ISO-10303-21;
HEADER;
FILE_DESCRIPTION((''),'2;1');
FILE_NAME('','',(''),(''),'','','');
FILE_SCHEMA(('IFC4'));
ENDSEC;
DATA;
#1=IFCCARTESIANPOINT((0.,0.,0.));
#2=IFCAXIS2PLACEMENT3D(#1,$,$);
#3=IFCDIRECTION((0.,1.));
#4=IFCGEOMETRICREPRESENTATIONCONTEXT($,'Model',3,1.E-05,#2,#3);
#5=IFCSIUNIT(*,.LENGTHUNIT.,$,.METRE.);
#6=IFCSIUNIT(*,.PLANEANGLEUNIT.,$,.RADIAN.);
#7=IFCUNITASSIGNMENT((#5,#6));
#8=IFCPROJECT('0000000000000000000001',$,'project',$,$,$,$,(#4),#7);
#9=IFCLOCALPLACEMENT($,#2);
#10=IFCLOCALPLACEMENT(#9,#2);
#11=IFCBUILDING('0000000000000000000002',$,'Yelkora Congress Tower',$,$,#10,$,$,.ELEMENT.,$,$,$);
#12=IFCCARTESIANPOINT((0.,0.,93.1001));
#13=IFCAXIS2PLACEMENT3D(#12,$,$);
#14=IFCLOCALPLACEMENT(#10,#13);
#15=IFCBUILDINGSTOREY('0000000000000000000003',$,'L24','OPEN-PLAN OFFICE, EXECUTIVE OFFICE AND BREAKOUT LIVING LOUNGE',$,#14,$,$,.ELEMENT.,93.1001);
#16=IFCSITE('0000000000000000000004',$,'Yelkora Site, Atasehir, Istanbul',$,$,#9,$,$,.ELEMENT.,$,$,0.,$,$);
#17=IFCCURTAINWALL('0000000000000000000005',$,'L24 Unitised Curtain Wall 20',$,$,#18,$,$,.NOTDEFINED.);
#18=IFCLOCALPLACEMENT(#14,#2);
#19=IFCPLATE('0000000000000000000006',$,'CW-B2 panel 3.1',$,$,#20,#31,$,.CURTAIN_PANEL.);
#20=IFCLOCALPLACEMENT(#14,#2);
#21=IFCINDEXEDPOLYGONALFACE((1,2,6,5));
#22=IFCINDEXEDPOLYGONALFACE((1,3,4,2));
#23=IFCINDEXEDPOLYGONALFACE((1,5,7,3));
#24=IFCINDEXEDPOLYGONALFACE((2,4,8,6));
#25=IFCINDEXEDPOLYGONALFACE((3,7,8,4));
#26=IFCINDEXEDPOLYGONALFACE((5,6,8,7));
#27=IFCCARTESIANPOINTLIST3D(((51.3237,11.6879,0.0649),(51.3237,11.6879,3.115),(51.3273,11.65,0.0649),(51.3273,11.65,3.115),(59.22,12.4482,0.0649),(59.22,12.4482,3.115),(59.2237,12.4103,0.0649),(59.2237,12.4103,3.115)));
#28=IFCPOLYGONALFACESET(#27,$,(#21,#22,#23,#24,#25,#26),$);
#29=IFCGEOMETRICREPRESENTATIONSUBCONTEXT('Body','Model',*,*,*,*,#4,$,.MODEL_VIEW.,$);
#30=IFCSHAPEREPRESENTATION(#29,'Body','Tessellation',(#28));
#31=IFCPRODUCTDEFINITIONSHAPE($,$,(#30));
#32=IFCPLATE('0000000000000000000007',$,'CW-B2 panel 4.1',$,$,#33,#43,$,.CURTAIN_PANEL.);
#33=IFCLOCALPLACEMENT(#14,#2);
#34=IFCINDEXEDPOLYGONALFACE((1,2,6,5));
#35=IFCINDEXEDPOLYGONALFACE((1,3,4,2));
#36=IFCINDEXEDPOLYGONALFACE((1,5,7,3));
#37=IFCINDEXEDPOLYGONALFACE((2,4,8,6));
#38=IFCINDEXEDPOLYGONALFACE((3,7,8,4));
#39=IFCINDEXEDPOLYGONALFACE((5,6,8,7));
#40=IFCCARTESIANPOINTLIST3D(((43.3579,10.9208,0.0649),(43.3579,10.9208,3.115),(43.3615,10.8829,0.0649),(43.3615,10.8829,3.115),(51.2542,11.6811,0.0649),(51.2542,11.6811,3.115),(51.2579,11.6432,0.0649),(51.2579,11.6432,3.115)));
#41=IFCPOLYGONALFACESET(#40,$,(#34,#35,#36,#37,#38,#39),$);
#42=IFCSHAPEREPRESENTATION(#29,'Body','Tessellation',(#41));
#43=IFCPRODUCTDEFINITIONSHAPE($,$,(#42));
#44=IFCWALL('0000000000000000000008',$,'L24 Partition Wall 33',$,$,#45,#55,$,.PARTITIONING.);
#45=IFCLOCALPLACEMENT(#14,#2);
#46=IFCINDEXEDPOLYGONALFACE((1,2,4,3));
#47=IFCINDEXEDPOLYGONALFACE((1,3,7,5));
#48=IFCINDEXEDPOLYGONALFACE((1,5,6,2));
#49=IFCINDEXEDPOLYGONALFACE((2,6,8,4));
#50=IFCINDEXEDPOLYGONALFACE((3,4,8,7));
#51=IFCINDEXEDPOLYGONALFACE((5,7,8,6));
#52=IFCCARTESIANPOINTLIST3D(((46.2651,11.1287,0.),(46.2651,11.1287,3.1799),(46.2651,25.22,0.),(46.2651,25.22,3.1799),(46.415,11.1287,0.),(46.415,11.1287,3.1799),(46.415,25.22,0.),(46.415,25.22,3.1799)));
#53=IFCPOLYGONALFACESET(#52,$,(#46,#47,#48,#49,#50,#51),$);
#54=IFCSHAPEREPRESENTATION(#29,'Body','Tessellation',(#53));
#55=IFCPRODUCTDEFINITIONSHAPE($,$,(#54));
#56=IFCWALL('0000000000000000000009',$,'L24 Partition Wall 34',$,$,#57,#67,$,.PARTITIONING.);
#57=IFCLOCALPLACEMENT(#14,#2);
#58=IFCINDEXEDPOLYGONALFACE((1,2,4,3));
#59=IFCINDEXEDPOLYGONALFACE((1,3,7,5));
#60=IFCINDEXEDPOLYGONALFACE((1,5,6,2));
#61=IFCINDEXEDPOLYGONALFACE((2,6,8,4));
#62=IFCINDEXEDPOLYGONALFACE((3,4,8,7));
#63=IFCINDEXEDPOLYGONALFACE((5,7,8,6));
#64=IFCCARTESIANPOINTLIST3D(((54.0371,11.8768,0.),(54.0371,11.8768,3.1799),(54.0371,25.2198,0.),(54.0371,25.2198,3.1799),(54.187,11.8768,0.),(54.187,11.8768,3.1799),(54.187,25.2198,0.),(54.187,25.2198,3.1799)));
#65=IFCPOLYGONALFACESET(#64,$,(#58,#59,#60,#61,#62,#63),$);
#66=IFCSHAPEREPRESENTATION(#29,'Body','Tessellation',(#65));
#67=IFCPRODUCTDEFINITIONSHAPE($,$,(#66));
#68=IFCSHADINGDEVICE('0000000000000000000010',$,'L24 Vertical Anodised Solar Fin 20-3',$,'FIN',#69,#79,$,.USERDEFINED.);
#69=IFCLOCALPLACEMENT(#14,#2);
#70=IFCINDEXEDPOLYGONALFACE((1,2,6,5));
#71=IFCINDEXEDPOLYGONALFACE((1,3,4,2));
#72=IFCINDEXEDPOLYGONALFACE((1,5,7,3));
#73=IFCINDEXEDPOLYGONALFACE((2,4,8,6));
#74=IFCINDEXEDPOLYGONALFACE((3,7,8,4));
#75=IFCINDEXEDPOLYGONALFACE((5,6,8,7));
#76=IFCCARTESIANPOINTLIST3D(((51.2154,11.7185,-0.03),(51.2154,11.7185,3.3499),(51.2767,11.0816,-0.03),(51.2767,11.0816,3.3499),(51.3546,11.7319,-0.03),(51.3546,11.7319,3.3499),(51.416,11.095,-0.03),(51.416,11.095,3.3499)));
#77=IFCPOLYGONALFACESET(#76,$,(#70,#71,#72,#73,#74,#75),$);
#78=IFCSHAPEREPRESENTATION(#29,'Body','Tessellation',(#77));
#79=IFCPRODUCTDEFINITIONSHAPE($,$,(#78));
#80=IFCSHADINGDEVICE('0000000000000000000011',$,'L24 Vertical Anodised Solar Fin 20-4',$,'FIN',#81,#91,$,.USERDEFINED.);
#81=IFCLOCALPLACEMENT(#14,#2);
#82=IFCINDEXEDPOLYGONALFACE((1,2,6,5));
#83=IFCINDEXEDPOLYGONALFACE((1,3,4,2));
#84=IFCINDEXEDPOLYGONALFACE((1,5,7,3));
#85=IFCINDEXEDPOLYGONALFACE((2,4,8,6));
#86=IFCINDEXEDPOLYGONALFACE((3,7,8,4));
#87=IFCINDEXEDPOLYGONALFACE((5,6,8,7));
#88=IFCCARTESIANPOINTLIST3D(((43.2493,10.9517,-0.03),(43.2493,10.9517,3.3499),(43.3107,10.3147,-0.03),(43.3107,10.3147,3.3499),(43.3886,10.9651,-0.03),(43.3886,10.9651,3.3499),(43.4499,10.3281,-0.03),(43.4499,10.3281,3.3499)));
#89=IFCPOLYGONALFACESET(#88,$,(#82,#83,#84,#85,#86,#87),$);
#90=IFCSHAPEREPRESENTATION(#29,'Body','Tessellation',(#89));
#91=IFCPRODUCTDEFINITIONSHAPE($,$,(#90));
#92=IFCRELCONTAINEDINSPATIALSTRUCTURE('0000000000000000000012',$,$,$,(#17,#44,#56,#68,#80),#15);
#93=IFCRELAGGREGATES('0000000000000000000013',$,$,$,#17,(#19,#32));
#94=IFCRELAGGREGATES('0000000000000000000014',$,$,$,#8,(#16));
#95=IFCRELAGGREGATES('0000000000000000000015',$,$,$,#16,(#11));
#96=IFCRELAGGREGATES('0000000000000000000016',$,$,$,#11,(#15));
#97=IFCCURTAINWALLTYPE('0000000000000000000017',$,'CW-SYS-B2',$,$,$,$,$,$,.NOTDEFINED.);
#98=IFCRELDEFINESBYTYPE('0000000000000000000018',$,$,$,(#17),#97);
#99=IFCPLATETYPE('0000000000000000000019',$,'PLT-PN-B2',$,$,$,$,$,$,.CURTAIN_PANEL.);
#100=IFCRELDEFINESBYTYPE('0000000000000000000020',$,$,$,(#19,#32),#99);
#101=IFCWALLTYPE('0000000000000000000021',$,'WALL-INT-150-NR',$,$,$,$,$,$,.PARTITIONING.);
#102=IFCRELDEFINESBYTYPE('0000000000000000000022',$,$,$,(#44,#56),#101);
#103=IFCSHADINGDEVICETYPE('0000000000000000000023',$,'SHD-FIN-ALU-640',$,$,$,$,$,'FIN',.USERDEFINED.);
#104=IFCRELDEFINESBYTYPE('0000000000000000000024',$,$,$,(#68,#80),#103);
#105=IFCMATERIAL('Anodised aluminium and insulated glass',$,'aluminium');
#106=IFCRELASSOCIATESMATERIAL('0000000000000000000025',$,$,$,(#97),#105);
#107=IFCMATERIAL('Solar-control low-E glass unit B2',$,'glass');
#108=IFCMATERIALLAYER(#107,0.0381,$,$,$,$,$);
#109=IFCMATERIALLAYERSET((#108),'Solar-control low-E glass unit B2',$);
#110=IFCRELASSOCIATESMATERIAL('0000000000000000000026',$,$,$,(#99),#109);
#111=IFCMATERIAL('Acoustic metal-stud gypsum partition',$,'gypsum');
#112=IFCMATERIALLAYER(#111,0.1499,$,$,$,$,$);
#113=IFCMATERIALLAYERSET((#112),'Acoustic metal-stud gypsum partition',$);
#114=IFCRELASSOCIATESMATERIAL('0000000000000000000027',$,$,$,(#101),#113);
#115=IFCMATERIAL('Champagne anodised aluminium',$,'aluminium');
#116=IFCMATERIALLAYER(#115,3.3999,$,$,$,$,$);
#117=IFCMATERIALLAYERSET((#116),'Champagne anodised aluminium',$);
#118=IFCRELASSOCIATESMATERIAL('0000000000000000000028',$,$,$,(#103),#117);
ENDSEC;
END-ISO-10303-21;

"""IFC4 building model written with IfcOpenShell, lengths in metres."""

from ifc_helpers import new_model, si_unit, direction, frame, frame_2d, origin, origin_2d, place, context, subcontext, project, spatial, rectangle, extrude, material, layer, layer_set, type_object, element, aggregate, save


model = new_model("IFC4")

# Units and contexts
model_context = context("Model", 3, precision=1e-05, world=origin(), true_north=direction((0.0, 1.0)))
body_context = subcontext(model_context, "Body", "Model", "MODEL_VIEW")
ifc_project = project(units=[si_unit("LENGTHUNIT", "METRE"), si_unit("PLANEANGLEUNIT", "RADIAN")], contexts=[model_context])

# Site, building, storey
site_placement = place(None, origin())
site = spatial("IfcSite", under=ifc_project, at=site_placement, Name="Yelkora Site, Atasehir, Istanbul", CompositionType="ELEMENT", RefElevation=0.0)
building_placement = place(site_placement, origin())
building = spatial("IfcBuilding", under=site, at=building_placement, Name="Yelkora Congress Tower", CompositionType="ELEMENT")
storey_placement = place(building_placement, frame((0.0, 0.0, 93.1001)))
storey = spatial("IfcBuildingStorey", under=building, at=storey_placement, Name="L24", Description="OPEN-PLAN OFFICE, EXECUTIVE OFFICE AND BREAKOUT LIVING LOUNGE", CompositionType="ELEMENT", Elevation=93.1001)

# Curtain wall, plates
ifc_material_1 = material(Name="Anodised aluminium and insulated glass", Category="aluminium")
curtain_wall_type = type_object("IfcCurtainWallType", Name="CW-SYS-B2", PredefinedType="NOTDEFINED", material=ifc_material_1)
curtain_wall_placement = place(storey_placement, origin())
curtain_wall = element("IfcCurtainWall", 1, at=curtain_wall_placement, inside=storey, type_object=curtain_wall_type, Name="L24 Unitised Curtain Wall 20", PredefinedType="NOTDEFINED")
ifc_material_2 = material(Name="Solar-control low-E glass unit B2", Category="glass")
ifc_layer_1 = layer(ifc_material_2, 0.0381)
ifc_layer_set_1 = layer_set([ifc_layer_1], Name="Solar-control low-E glass unit B2")
plate_type = type_object("IfcPlateType", Name="PLT-PN-B2", PredefinedType="CURTAIN_PANEL", material=ifc_layer_set_1)
plate_1_placement = place(storey_placement, frame((55.2737, 12.0491, 0.0649), z_axis=(0.0, 0.0, 1.0), x_axis=(-0.995396, -0.095844, 0.0)))
plate_1 = element("IfcPlate", 2, at=plate_1_placement, type_object=plate_type, Name="CW-B2 panel 3.1", PredefinedType="CURTAIN_PANEL", context=body_context, shape_type="SweptSolid", body=[
    extrude(rectangle(XDim=7.9329, YDim=0.0381, at=origin_2d()), origin(), (0.0, 0.0, 1.0), 3.05),
])
plate_2_placement = place(storey_placement, frame((47.3079, 11.282, 0.0649), z_axis=(0.0, 0.0, 1.0), x_axis=(-0.995396, -0.095844, 0.0)))
plate_2 = element("IfcPlate", 3, at=plate_2_placement, type_object=plate_type, Name="CW-B2 panel 4.1", PredefinedType="CURTAIN_PANEL", context=body_context, shape_type="SweptSolid", body=[
    extrude(rectangle(XDim=7.9329, YDim=0.0381, at=origin_2d()), origin(), (0.0, 0.0, 1.0), 3.05),
])
aggregate(curtain_wall, [plate_1, plate_2])

# Walls
ifc_material_3 = material(Name="Acoustic metal-stud gypsum partition", Category="gypsum")
ifc_layer_2 = layer(ifc_material_3, 0.1499)
ifc_layer_set_2 = layer_set([ifc_layer_2], Name="Acoustic metal-stud gypsum partition")
wall_type = type_object("IfcWallType", Name="WALL-INT-150-NR", PredefinedType="PARTITIONING", material=ifc_layer_set_2)
wall_1_placement = place(storey_placement, frame((46.3401, 11.1287, 0.0), z_axis=(0.0, 0.0, 1.0), x_axis=(0.0, 1.0, 0.0)))
element("IfcWall", 4, at=wall_1_placement, inside=storey, type_object=wall_type, Name="L24 Partition Wall 33", PredefinedType="PARTITIONING", context=body_context, shape_type="SweptSolid", body=[
    extrude(rectangle(XDim=14.0913, YDim=0.1499, at=frame_2d((7.0457, 0.0))), origin(), (0.0, 0.0, 1.0), 3.1799),
])
wall_2_placement = place(storey_placement, frame((54.1121, 11.877, 0.0), z_axis=(0.0, 0.0, 1.0), x_axis=(0.0, 1.0, 0.0)))
element("IfcWall", 5, at=wall_2_placement, inside=storey, type_object=wall_type, Name="L24 Partition Wall 34", PredefinedType="PARTITIONING", context=body_context, shape_type="SweptSolid", body=[
    extrude(rectangle(XDim=13.343, YDim=0.1499, at=frame_2d((6.6714, 0.0))), origin(), (0.0, 0.0, 1.0), 3.1799),
])

# Shading devices
ifc_material_4 = material(Name="Champagne anodised aluminium", Category="aluminium")
ifc_layer_3 = layer(ifc_material_4, 3.3999)
ifc_layer_set_3 = layer_set([ifc_layer_3], Name="Champagne anodised aluminium")
shading_device_type = type_object("IfcShadingDeviceType", Name="SHD-FIN-ALU-640", ElementType="FIN", PredefinedType="USERDEFINED", material=ifc_layer_set_3)
for number, where, z_axis, x_axis, name in (
    (6, (51.3157, 11.4067, -0.03), (0.0, 0.0, 1.0), (-0.995396, -0.095846, 0.0), "L24 Vertical Anodised Solar Fin 20-3"),
    (7, (43.3496, 10.6399, -0.03), (0.0, 0.0, 1.0), (-0.995396, -0.095846, 0.0), "L24 Vertical Anodised Solar Fin 20-4"),
):
    element("IfcShadingDevice", number, at=place(storey_placement, frame(where, z_axis=z_axis, x_axis=x_axis)), inside=storey, type_object=shading_device_type, Name=name, ObjectType="FIN", PredefinedType="USERDEFINED", context=body_context, shape_type="SweptSolid", body=[
        extrude(rectangle(XDim=0.1399, YDim=0.6399, at=origin_2d()), origin(), (0.0, 0.0, 1.0), 3.3799),
    ])

save(model, "model.ifc")
